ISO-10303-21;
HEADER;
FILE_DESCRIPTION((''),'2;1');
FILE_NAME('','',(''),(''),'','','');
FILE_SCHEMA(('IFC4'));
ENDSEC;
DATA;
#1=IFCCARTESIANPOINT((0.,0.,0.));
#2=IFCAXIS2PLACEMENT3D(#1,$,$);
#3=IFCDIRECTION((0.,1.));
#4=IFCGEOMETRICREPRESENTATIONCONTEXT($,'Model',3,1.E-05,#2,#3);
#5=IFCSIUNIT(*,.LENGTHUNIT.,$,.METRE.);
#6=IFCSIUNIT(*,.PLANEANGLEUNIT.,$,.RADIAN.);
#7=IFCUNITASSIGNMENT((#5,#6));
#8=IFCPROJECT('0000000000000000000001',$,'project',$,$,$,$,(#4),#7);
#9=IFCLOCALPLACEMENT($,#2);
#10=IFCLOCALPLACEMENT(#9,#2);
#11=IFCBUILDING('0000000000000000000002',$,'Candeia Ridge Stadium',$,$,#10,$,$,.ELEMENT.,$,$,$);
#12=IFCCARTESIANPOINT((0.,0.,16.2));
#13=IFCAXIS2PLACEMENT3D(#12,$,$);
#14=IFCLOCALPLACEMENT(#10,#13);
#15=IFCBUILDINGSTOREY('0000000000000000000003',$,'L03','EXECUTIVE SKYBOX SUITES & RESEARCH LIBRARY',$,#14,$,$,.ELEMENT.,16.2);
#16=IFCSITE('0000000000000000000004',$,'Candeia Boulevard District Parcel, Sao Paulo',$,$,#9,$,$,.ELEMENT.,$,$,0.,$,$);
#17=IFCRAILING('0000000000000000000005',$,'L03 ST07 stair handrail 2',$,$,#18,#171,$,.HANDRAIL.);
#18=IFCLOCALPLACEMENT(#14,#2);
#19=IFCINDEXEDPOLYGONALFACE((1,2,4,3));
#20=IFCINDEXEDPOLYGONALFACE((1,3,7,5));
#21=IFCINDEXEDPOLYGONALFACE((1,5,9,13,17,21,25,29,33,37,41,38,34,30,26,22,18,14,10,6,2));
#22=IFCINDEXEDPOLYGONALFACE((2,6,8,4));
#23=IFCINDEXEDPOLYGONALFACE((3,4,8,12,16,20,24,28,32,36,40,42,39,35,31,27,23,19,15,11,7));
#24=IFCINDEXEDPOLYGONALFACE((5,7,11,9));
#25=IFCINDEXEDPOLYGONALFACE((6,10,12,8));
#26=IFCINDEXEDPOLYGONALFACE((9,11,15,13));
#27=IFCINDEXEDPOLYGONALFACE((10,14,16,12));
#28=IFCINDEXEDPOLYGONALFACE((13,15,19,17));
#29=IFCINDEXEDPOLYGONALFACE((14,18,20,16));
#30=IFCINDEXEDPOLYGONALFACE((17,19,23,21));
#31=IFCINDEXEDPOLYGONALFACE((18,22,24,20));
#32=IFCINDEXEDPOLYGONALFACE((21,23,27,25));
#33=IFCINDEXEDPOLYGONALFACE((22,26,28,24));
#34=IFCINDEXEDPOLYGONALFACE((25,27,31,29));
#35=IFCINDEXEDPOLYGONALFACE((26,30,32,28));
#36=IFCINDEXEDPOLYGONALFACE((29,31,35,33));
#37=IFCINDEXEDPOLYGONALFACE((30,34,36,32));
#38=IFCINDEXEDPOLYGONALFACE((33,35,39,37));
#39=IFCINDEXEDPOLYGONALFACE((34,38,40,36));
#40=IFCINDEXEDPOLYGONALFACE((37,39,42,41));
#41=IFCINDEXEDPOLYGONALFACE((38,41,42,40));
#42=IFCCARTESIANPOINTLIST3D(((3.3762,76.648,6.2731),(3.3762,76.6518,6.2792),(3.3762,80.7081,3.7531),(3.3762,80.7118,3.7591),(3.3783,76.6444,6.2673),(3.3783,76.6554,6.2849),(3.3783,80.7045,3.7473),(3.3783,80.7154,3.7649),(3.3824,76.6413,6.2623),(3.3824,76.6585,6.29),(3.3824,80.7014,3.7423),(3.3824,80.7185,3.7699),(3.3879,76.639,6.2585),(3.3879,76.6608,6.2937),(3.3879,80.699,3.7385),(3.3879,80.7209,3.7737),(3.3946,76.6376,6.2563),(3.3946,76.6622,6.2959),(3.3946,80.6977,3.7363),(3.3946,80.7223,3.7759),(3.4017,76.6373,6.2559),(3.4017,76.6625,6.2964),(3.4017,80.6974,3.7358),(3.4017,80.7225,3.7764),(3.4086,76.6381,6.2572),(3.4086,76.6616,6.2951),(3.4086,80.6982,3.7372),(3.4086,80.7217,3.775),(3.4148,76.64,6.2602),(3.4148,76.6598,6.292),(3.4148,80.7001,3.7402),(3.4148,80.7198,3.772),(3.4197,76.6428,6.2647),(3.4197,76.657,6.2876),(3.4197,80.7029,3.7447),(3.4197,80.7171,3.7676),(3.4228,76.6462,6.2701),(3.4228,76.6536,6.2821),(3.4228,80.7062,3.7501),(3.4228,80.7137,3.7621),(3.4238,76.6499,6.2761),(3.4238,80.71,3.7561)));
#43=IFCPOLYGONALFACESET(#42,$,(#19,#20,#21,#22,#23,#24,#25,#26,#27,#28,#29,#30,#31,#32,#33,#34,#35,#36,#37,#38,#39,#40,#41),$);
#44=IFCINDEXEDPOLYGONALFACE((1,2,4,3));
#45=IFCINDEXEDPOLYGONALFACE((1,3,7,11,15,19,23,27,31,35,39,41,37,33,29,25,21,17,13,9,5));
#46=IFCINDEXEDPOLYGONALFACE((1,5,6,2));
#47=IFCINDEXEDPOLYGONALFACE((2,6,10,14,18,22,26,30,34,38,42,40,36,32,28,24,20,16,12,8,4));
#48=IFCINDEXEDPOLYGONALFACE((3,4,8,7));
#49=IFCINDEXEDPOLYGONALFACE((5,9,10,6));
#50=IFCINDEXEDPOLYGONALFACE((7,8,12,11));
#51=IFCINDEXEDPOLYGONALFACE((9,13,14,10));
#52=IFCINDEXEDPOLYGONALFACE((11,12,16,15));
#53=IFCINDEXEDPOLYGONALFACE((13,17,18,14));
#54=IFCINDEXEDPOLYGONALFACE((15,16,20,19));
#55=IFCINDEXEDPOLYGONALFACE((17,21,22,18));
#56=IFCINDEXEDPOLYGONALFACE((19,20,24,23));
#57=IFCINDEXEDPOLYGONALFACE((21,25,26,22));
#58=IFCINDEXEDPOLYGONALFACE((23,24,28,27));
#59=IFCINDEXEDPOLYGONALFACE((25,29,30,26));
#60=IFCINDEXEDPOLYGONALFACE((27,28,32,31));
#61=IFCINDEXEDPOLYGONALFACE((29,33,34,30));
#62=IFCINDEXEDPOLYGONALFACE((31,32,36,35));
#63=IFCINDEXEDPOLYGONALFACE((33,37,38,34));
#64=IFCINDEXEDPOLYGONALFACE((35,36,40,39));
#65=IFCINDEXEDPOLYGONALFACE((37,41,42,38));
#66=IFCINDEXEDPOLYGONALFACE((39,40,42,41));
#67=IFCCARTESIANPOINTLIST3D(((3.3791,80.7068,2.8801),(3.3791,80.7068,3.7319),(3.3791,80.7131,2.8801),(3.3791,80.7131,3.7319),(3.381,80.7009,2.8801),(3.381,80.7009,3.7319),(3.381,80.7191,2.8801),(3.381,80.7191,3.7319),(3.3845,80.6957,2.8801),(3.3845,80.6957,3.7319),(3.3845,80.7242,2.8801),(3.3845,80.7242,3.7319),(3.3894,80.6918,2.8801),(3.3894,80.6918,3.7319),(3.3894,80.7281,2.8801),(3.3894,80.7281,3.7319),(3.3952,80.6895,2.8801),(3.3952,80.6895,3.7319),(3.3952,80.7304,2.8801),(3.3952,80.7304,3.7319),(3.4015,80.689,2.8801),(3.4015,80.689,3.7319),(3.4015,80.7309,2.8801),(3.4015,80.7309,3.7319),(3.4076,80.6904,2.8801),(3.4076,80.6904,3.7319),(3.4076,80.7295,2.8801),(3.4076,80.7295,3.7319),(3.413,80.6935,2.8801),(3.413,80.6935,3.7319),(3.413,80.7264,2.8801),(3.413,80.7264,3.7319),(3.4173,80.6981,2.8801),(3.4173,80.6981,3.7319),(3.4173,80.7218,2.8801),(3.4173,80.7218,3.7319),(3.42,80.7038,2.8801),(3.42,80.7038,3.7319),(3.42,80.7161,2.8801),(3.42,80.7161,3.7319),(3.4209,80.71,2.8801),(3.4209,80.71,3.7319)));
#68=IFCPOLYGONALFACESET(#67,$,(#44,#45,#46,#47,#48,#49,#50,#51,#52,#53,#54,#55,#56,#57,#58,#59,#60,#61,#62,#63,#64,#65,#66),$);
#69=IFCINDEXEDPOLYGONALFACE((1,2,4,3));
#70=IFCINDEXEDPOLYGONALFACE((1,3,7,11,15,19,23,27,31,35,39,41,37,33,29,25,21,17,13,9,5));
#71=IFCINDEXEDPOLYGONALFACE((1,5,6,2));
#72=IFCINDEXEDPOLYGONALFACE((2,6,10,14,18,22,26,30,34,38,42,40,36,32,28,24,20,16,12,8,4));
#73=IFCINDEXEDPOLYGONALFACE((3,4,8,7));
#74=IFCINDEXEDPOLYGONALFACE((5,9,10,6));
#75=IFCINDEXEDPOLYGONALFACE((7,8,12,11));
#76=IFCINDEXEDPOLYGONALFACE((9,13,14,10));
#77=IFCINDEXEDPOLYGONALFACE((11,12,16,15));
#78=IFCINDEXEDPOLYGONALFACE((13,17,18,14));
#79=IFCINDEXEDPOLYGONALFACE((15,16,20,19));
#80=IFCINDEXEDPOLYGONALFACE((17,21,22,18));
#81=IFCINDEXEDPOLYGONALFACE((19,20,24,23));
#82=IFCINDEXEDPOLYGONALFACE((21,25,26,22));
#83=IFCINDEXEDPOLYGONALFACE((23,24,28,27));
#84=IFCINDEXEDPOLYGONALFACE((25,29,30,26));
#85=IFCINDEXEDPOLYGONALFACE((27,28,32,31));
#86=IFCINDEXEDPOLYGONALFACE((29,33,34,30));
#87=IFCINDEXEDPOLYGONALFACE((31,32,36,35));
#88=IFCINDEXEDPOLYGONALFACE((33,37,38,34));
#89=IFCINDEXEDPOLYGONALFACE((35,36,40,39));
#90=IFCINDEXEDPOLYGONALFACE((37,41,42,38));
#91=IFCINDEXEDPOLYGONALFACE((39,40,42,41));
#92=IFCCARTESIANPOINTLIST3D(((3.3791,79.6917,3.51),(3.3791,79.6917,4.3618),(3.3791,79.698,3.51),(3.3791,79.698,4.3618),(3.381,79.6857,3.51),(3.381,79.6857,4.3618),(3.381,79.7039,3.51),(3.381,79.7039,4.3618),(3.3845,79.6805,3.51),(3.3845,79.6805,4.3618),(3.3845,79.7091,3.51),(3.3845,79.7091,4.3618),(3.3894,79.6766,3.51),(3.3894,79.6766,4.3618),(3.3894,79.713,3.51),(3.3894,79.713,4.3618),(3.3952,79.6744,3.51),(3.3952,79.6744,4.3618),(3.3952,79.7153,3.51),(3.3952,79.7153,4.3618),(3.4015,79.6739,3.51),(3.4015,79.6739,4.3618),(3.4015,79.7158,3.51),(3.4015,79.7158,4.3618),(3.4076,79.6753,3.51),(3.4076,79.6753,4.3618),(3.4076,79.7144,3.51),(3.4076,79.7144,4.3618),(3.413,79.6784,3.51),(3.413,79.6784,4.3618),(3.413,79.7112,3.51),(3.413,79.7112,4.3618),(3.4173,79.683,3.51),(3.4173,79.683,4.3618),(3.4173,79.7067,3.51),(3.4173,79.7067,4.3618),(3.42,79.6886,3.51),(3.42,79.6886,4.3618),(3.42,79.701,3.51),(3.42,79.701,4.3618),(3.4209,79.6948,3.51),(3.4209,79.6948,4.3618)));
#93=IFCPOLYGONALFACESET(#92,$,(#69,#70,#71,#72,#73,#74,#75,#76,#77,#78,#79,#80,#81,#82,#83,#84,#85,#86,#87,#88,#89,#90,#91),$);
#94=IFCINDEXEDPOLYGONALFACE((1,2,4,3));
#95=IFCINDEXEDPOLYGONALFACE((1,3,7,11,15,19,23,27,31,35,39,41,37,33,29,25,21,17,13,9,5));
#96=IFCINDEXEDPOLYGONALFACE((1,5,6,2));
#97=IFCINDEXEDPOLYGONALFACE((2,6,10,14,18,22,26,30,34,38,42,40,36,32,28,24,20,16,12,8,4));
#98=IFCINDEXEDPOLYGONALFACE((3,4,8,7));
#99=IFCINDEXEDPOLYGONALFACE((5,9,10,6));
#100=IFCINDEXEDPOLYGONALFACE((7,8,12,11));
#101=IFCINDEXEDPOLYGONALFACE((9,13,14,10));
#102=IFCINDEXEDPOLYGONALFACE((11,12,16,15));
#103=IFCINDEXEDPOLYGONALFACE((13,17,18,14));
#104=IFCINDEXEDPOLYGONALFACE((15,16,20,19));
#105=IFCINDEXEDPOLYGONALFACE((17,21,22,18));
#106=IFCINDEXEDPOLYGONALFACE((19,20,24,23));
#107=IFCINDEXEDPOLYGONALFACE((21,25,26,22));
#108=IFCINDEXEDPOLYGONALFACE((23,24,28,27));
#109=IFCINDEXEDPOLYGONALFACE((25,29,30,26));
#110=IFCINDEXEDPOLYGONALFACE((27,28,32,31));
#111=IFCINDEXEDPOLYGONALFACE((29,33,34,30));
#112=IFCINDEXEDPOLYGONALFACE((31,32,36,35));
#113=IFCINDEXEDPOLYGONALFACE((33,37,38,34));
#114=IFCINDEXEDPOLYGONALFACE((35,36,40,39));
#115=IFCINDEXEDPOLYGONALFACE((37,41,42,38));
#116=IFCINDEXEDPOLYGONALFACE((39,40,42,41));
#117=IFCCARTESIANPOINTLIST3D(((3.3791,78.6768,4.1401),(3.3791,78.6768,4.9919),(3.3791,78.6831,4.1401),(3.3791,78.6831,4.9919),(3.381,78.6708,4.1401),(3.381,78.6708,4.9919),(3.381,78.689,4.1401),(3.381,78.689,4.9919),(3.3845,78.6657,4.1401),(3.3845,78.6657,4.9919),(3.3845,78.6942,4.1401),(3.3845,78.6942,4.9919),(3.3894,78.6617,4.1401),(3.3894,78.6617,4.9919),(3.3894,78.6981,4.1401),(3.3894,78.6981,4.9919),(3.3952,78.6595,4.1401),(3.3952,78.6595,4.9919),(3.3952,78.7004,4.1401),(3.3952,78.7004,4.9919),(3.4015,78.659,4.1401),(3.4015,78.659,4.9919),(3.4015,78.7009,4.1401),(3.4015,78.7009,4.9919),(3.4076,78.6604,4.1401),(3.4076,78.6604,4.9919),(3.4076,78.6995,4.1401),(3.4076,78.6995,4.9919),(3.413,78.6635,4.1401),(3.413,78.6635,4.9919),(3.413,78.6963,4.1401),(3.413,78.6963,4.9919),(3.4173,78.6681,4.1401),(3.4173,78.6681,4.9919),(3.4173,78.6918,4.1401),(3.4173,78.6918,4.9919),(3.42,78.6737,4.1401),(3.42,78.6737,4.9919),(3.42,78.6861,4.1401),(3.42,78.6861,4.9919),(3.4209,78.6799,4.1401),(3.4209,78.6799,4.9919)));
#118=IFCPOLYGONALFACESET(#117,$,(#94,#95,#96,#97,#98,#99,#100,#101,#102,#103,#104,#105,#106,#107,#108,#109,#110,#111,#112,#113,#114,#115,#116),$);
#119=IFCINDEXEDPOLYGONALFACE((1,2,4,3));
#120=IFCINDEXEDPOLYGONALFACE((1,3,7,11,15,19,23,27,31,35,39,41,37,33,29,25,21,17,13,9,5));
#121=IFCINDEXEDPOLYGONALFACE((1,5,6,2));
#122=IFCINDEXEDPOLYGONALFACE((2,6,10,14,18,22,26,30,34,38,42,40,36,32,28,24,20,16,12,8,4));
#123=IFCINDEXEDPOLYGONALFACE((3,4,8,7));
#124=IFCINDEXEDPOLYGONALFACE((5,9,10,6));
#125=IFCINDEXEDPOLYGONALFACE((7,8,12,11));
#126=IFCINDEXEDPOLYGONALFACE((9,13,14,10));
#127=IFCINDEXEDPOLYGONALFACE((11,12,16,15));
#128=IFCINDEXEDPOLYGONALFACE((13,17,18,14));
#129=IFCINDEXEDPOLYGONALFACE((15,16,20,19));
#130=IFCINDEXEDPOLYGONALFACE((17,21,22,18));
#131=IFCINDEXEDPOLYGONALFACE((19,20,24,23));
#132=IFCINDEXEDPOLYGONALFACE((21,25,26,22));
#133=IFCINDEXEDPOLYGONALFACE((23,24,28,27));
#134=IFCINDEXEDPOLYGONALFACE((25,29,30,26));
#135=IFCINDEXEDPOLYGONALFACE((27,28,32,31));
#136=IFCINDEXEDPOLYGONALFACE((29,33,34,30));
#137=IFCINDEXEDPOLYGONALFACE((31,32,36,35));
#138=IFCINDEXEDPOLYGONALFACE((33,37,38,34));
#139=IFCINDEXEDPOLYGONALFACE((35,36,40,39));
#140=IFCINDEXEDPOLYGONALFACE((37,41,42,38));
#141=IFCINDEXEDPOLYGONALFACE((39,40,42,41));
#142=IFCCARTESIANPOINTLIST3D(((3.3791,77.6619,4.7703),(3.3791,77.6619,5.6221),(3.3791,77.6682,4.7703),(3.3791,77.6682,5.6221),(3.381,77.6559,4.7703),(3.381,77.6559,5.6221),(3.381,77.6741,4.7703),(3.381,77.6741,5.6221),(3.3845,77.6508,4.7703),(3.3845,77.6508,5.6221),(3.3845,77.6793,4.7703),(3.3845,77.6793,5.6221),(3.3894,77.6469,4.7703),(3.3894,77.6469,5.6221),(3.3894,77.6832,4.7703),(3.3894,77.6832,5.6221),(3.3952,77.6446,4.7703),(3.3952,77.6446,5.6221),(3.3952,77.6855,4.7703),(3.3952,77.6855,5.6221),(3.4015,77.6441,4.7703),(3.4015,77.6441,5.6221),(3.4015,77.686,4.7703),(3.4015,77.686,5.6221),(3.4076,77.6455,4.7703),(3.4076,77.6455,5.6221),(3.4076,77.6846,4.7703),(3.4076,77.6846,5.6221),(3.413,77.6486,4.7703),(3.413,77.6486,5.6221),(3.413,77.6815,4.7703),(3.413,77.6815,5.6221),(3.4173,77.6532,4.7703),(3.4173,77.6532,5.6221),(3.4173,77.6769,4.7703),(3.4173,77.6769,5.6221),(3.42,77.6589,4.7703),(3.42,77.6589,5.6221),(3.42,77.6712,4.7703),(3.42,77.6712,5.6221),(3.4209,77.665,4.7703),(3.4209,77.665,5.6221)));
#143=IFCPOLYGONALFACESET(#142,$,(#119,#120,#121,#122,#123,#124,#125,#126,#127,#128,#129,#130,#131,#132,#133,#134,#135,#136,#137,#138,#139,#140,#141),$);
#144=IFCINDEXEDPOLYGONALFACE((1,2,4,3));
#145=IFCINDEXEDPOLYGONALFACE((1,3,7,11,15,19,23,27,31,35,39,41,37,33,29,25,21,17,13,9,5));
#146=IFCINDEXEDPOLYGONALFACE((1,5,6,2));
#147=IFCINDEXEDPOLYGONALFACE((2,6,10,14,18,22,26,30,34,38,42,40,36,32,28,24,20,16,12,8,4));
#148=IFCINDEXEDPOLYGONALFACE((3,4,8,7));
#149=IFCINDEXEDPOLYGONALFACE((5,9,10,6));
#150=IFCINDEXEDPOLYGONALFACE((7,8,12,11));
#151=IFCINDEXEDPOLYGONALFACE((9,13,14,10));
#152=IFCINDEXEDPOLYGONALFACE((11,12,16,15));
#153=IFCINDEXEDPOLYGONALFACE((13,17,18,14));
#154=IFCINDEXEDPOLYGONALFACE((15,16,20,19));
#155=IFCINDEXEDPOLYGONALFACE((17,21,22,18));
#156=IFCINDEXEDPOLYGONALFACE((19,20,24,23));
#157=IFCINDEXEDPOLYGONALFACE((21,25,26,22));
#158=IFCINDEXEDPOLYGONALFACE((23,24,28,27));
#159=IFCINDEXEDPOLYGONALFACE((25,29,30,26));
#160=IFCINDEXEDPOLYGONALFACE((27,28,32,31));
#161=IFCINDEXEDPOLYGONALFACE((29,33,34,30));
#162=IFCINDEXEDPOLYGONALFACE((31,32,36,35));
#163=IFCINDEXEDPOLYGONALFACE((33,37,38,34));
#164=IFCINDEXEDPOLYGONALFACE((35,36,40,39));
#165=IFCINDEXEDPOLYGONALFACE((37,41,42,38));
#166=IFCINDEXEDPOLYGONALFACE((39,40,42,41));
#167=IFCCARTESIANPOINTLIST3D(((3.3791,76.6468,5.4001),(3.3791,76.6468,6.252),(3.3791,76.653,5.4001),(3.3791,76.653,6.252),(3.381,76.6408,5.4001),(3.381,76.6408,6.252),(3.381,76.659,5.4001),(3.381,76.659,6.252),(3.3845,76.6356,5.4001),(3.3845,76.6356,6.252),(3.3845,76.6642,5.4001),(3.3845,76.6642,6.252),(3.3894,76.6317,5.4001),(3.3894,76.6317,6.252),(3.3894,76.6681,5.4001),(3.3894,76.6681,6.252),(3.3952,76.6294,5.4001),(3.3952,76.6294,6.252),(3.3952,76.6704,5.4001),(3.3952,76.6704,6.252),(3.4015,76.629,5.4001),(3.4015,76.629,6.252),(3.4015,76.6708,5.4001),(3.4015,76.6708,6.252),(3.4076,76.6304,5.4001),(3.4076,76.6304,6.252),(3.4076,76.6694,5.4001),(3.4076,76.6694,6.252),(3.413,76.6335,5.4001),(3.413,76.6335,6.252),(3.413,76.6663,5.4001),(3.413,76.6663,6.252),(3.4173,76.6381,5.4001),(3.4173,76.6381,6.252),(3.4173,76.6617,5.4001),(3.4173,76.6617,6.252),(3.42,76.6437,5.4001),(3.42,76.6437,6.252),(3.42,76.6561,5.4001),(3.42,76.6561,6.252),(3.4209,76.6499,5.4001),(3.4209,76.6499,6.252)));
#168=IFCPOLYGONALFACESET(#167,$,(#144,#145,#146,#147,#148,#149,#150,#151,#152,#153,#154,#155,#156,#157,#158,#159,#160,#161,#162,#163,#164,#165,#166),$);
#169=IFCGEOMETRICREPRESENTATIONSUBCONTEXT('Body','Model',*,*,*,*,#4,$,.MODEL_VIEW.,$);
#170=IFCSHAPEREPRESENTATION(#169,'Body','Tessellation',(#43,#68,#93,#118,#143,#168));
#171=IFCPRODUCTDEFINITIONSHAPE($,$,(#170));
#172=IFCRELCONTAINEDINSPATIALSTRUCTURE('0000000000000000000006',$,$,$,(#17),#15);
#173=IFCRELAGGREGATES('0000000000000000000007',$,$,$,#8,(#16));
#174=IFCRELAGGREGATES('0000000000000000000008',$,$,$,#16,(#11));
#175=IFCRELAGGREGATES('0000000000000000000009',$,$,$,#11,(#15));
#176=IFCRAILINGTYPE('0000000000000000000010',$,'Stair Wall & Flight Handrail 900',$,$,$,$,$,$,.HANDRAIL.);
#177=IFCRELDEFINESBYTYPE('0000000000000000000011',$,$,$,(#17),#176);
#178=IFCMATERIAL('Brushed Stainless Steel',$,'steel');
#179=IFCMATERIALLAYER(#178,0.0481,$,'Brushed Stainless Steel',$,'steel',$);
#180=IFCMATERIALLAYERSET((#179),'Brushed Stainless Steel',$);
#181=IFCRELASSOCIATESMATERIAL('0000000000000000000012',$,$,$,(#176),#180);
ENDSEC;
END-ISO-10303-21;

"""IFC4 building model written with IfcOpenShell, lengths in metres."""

from ifc_helpers import new_model, si_unit, direction, frame, origin, origin_2d, place, context, subcontext, project, spatial, circle, extrude, material, layer, layer_set, type_object, element, save


model = new_model("IFC4")

# Units and contexts
model_context = context("Model", 3, precision=1e-05, world=origin(), true_north=direction((0.0, 1.0)))
body_context = subcontext(model_context, "Body", "Model", "MODEL_VIEW")
ifc_project = project(units=[si_unit("LENGTHUNIT", "METRE"), si_unit("PLANEANGLEUNIT", "RADIAN")], contexts=[model_context])

# Site, building, storey
site_placement = place(None, origin())
site = spatial("IfcSite", under=ifc_project, at=site_placement, Name="Candeia Boulevard District Parcel, Sao Paulo", CompositionType="ELEMENT", RefElevation=0.0)
building_placement = place(site_placement, origin())
building = spatial("IfcBuilding", under=site, at=building_placement, Name="Candeia Ridge Stadium", CompositionType="ELEMENT")
storey_placement = place(building_placement, frame((0.0, 0.0, 16.2)))
storey = spatial("IfcBuildingStorey", under=building, at=storey_placement, Name="L03", Description="EXECUTIVE SKYBOX SUITES & RESEARCH LIBRARY", CompositionType="ELEMENT", Elevation=16.2)

# Railing
ifc_material_1 = material(Name="Brushed Stainless Steel", Category="steel")
ifc_layer_1 = layer(ifc_material_1, 0.0481, Name="Brushed Stainless Steel", Category="steel")
ifc_layer_set_1 = layer_set([ifc_layer_1], Name="Brushed Stainless Steel")
railing_type_1 = type_object("IfcRailingType", Name="Stair Wall & Flight Handrail 900", PredefinedType="HANDRAIL", material=ifc_layer_set_1)
railing_1_placement = place(storey_placement, frame((3.3999, 80.71, 2.8801)))
element("IfcRailing", 1, at=railing_1_placement, inside=storey, type_object=railing_type_1, Name="L03 ST07 stair handrail 2", PredefinedType="HANDRAIL", context=body_context, shape_type="SweptSolid", body=[
    extrude(circle(Radius=0.0239, at=origin_2d()), frame((0.0, 0.0, 0.876), z_axis=(0.0, -0.849642, 0.52736), x_axis=(1.0, 0.0, 0.0)), (0.0, 0.0, 1.0), 4.7786),
    extrude(circle(Radius=0.021, at=origin_2d()), origin(), (0.0, 0.0, 1.0), 0.8518),
    extrude(circle(Radius=0.021, at=origin_2d()), frame((0.0, -1.0151, 0.6299)), (0.0, 0.0, 1.0), 0.8518),
    extrude(circle(Radius=0.021, at=origin_2d()), frame((0.0, -2.03, 1.26)), (0.0, 0.0, 1.0), 0.8518),
    extrude(circle(Radius=0.021, at=origin_2d()), frame((0.0, -3.0449, 1.8901)), (0.0, 0.0, 1.0), 0.8518),
    extrude(circle(Radius=0.021, at=origin_2d()), frame((0.0, -4.0601, 2.52)), (0.0, 0.0, 1.0), 0.8518),
])

save(model, "model.ifc")
